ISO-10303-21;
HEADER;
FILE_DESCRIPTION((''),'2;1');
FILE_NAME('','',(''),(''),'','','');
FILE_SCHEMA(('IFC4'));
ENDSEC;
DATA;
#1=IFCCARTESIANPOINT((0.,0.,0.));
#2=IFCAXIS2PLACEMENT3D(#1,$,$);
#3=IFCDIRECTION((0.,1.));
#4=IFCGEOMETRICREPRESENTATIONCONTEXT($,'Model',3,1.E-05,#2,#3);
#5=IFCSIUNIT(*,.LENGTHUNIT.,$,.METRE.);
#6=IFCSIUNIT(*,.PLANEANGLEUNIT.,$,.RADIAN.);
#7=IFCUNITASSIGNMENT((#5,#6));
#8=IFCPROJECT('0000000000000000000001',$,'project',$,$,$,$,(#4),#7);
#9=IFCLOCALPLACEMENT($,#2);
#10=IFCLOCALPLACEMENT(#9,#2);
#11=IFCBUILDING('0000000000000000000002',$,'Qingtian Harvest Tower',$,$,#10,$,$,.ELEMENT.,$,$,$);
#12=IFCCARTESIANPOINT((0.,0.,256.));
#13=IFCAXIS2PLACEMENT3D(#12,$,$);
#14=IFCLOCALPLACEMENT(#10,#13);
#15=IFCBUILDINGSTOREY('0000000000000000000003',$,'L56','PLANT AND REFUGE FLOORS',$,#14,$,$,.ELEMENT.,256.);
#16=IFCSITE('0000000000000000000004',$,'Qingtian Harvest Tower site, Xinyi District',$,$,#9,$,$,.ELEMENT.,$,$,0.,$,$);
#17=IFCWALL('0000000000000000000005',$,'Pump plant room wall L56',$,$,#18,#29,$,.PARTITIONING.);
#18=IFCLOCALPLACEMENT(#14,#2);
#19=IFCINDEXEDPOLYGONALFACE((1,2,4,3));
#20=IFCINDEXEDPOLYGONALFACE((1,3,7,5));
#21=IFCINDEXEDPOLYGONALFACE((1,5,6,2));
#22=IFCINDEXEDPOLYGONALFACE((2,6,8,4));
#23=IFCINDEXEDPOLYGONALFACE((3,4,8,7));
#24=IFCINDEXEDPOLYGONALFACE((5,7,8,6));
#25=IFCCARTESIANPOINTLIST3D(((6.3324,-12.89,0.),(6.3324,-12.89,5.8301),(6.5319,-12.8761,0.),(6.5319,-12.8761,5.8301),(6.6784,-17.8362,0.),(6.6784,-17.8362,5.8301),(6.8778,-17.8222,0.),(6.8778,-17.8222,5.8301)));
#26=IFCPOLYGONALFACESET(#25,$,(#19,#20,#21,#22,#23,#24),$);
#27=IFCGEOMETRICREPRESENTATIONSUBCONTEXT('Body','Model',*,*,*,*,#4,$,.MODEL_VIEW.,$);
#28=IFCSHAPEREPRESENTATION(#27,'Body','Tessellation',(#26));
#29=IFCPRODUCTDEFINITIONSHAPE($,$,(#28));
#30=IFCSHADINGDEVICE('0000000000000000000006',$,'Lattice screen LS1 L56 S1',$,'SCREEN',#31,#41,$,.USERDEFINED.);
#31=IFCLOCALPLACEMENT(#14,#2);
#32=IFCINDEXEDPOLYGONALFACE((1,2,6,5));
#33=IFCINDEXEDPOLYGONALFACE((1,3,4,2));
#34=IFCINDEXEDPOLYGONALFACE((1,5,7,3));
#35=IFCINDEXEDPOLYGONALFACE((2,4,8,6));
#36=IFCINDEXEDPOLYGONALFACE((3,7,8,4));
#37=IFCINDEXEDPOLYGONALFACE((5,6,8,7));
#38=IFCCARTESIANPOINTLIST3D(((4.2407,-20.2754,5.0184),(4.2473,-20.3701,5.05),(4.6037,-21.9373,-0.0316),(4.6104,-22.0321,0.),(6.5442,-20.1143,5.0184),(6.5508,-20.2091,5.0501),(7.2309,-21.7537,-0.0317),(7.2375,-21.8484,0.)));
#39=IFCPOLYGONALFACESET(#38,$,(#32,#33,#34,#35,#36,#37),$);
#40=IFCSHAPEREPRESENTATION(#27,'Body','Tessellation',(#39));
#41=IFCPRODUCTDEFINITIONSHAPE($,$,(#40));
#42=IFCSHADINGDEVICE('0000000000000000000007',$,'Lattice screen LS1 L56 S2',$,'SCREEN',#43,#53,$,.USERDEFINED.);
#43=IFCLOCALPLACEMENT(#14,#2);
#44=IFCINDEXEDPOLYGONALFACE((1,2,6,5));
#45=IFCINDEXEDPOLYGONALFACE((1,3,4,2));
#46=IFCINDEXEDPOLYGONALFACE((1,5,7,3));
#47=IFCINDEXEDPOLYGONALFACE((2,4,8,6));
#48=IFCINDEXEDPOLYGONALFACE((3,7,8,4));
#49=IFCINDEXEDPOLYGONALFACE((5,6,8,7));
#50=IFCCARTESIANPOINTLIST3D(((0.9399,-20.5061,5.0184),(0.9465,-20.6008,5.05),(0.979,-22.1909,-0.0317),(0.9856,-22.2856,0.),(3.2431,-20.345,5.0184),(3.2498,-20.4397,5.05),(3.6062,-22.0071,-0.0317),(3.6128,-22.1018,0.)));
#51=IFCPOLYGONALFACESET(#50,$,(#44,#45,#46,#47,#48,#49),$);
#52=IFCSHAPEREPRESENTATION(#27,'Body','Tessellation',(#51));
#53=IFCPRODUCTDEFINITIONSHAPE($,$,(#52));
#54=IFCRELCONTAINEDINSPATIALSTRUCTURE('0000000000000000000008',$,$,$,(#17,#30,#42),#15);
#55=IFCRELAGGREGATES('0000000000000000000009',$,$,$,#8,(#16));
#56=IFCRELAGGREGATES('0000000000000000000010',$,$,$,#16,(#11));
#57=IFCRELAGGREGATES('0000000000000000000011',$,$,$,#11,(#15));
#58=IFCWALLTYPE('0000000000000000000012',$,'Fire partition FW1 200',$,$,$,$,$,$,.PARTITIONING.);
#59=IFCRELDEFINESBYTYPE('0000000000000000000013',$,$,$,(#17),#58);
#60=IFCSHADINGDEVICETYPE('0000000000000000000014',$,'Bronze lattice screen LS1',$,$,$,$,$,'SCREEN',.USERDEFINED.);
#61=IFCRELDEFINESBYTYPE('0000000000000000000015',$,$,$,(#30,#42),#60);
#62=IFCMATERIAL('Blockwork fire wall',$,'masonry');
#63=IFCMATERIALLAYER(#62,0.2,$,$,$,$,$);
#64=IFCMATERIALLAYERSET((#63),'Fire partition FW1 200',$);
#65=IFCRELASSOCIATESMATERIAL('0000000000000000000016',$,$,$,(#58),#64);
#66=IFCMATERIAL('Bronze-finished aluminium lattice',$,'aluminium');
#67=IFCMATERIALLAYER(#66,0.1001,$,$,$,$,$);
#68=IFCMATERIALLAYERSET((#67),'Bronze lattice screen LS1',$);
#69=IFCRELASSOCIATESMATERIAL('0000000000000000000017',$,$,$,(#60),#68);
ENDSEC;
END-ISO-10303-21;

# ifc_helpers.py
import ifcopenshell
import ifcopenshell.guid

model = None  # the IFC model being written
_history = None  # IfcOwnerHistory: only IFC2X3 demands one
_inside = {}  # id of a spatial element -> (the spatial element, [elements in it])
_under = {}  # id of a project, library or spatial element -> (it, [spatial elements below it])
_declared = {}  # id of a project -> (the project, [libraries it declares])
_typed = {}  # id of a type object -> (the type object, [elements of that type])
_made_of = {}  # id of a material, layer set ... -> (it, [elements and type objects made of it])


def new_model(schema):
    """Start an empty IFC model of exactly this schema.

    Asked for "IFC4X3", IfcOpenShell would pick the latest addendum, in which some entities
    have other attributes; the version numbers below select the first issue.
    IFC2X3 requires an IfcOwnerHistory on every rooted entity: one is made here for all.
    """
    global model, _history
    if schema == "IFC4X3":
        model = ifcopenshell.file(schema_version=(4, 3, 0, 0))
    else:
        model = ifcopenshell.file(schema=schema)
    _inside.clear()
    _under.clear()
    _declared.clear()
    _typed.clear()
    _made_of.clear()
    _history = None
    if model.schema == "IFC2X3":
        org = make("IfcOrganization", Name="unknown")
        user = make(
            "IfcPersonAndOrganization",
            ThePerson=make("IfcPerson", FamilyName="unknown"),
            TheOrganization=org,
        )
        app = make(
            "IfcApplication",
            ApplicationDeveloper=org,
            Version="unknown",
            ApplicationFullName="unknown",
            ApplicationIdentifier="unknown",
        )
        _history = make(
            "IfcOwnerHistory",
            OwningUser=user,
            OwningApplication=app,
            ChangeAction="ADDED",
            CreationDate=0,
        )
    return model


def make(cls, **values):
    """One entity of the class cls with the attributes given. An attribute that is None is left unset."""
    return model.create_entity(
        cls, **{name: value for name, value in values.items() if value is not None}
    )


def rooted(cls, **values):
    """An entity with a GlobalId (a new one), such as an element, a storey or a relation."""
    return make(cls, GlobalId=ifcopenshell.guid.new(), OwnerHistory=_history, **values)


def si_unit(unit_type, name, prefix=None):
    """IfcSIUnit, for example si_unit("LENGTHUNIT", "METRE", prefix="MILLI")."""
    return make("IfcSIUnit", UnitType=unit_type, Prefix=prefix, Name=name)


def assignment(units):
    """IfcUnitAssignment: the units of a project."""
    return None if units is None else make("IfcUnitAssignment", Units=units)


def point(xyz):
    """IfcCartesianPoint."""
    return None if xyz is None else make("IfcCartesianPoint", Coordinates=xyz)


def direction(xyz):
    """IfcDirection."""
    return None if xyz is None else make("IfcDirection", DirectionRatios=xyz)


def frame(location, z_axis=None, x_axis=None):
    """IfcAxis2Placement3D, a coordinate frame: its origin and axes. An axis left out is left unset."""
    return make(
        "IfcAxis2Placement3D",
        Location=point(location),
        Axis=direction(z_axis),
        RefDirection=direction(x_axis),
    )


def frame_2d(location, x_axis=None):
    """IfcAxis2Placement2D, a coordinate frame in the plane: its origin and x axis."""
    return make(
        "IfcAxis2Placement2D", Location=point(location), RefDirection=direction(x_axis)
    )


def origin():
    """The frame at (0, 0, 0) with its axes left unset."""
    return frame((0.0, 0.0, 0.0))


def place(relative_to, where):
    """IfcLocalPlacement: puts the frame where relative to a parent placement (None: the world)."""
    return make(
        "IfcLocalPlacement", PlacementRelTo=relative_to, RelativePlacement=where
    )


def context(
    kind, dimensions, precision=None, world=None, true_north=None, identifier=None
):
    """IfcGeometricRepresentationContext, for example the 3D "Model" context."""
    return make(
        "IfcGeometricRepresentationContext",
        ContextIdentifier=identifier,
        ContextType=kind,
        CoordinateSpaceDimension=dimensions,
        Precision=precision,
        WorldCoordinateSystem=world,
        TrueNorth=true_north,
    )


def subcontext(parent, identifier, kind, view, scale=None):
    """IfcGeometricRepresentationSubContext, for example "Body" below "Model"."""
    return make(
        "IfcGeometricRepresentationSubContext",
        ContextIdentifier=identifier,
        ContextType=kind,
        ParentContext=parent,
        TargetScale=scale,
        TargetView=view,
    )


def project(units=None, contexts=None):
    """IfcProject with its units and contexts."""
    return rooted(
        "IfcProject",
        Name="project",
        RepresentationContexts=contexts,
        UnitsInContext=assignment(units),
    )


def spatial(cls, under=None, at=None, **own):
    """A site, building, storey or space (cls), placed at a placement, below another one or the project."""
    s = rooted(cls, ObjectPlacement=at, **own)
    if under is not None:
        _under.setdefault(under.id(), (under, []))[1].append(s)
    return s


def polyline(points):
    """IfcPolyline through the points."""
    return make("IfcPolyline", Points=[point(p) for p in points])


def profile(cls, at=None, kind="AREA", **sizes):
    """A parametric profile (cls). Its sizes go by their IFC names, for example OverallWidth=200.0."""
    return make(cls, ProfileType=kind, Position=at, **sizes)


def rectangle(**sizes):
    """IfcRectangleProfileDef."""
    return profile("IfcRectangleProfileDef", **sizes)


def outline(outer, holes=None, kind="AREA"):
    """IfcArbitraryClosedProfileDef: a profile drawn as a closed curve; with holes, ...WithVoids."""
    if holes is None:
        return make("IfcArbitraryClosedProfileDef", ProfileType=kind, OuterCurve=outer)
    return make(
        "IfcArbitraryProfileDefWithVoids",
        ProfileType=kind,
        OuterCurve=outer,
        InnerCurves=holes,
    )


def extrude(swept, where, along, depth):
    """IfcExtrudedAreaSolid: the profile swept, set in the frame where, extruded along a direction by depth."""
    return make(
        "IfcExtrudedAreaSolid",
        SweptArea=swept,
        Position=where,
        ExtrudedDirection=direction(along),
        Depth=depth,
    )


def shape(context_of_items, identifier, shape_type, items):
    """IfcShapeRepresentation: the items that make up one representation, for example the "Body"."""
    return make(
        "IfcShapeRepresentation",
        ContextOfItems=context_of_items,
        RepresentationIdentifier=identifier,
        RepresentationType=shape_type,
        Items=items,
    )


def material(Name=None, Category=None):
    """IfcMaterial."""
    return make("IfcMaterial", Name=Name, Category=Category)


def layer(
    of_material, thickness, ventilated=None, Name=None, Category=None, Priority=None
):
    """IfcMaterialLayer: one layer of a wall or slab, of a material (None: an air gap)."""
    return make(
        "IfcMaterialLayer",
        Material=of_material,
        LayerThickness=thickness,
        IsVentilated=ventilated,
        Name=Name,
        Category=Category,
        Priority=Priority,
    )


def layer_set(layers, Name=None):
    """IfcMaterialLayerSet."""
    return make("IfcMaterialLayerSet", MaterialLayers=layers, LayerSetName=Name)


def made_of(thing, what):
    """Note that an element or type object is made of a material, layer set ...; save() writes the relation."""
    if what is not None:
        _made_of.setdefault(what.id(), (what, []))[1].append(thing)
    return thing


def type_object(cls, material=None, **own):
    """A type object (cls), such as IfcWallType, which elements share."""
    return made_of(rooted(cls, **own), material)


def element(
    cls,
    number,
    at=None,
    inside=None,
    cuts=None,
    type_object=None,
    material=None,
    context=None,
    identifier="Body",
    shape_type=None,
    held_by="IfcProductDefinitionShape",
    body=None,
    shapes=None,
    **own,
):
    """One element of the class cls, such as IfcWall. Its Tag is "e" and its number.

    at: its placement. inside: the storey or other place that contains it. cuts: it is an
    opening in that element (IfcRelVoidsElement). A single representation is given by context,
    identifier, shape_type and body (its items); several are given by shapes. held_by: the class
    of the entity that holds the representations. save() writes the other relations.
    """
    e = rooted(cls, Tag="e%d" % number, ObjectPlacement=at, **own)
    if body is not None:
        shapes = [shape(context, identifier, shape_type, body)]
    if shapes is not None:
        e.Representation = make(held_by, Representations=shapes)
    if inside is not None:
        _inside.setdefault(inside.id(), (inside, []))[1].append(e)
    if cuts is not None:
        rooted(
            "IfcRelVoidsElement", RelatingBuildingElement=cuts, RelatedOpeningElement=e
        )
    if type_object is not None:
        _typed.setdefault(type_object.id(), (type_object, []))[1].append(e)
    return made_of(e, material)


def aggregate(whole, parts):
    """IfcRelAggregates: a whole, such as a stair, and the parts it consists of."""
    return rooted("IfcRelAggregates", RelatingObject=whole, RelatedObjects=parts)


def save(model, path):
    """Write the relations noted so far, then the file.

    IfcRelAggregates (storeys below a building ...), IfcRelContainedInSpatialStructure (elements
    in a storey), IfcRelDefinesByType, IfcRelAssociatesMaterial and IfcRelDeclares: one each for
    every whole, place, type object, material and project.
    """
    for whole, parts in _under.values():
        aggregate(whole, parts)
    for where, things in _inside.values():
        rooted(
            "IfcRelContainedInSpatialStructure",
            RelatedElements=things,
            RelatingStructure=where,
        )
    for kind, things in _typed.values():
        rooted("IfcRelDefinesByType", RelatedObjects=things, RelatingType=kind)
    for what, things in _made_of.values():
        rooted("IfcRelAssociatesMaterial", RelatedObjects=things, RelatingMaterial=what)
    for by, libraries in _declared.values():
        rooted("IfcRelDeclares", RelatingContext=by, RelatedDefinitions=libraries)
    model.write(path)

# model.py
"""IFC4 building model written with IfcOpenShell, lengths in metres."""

from ifc_helpers import new_model, si_unit, direction, frame, frame_2d, origin, place, context, subcontext, project, spatial, polyline, rectangle, outline, extrude, material, layer, layer_set, type_object, element, save


model = new_model("IFC4")

# Units and contexts
model_context = context("Model", 3, precision=1e-05, world=origin(), true_north=direction((0.0, 1.0)))
body_context = subcontext(model_context, "Body", "Model", "MODEL_VIEW")
ifc_project = project(units=[si_unit("LENGTHUNIT", "METRE"), si_unit("PLANEANGLEUNIT", "RADIAN")], contexts=[model_context])

# Site, building, storey
site_placement = place(None, origin())
site = spatial("IfcSite", under=ifc_project, at=site_placement, Name="Qingtian Harvest Tower site, Xinyi District", CompositionType="ELEMENT", RefElevation=0.0)
building_placement = place(site_placement, origin())
building = spatial("IfcBuilding", under=site, at=building_placement, Name="Qingtian Harvest Tower", CompositionType="ELEMENT")
storey_placement = place(building_placement, frame((0.0, 0.0, 256.0)))
storey = spatial("IfcBuildingStorey", under=building, at=storey_placement, Name="L56", Description="PLANT AND REFUGE FLOORS", CompositionType="ELEMENT", Elevation=256.0)

# Shared definitions
ifc_material_1 = material(Name="Blockwork fire wall", Category="masonry")
ifc_layer_1 = layer(ifc_material_1, 0.2)
ifc_layer_set_1 = layer_set([ifc_layer_1], Name="Fire partition FW1 200")
wall_type = type_object("IfcWallType", Name="Fire partition FW1 200", PredefinedType="PARTITIONING", material=ifc_layer_set_1)

# Wall
wall_1_placement = place(storey_placement, frame((6.7781, -17.8291, 0.0), z_axis=(0.0, 0.0, 1.0), x_axis=(-0.06977, 0.997563, 0.0)))
element("IfcWall", 1, at=wall_1_placement, inside=storey, type_object=wall_type, Name="Pump plant room wall L56", PredefinedType="PARTITIONING", context=body_context, shape_type="SweptSolid", body=[
    extrude(rectangle(XDim=4.9583, YDim=0.2, at=frame_2d((2.479, 0.0))), origin(), (0.0, 0.0, 1.0), 5.8301),
])

# Shading devices
ifc_material_2 = material(Name="Bronze-finished aluminium lattice", Category="aluminium")
ifc_layer_2 = layer(ifc_material_2, 0.1001)
ifc_layer_set_2 = layer_set([ifc_layer_2], Name="Bronze lattice screen LS1")
shading_device_type = type_object("IfcShadingDeviceType", Name="Bronze lattice screen LS1", ElementType="SCREEN", PredefinedType="USERDEFINED", material=ifc_layer_set_2)
shading_device_1_placement = place(storey_placement, frame((7.2375, -21.8484, 0.0), z_axis=(0.066166, -0.94638, 0.316207), x_axis=(-0.997565, -0.069741, 0.00001)))
element("IfcShadingDevice", 2, at=shading_device_1_placement, inside=storey, type_object=shading_device_type, Name="Lattice screen LS1 L56 S1", ObjectType="SCREEN", PredefinedType="USERDEFINED", context=body_context, shape_type="SweptSolid", body=[
    extrude(outline(polyline([(0.0, 0.0), (2.6336, 0.0), (2.8799, -5.3231), (0.5708, -5.3232), (0.0, 0.0)])), origin(), (0.0, 0.0, -1.0), 0.1001),
])
shading_device_2_placement = place(storey_placement, frame((3.6128, -22.1018, 0.0), z_axis=(0.066215, -0.946366, 0.316239), x_axis=(-0.997561, -0.069798, -0.000002)))
element("IfcShadingDevice", 3, at=shading_device_2_placement, inside=storey, type_object=shading_device_type, Name="Lattice screen LS1 L56 S2", ObjectType="SCREEN", PredefinedType="USERDEFINED", context=body_context, shape_type="SweptSolid", body=[
    extrude(outline(polyline([(0.0, 0.0), (2.6336, 0.0), (2.555, -5.3232), (0.2461, -5.3232), (0.0, 0.0)])), origin(), (0.0, 0.0, -1.0), 0.1001),
])

save(model, "model.ifc")
